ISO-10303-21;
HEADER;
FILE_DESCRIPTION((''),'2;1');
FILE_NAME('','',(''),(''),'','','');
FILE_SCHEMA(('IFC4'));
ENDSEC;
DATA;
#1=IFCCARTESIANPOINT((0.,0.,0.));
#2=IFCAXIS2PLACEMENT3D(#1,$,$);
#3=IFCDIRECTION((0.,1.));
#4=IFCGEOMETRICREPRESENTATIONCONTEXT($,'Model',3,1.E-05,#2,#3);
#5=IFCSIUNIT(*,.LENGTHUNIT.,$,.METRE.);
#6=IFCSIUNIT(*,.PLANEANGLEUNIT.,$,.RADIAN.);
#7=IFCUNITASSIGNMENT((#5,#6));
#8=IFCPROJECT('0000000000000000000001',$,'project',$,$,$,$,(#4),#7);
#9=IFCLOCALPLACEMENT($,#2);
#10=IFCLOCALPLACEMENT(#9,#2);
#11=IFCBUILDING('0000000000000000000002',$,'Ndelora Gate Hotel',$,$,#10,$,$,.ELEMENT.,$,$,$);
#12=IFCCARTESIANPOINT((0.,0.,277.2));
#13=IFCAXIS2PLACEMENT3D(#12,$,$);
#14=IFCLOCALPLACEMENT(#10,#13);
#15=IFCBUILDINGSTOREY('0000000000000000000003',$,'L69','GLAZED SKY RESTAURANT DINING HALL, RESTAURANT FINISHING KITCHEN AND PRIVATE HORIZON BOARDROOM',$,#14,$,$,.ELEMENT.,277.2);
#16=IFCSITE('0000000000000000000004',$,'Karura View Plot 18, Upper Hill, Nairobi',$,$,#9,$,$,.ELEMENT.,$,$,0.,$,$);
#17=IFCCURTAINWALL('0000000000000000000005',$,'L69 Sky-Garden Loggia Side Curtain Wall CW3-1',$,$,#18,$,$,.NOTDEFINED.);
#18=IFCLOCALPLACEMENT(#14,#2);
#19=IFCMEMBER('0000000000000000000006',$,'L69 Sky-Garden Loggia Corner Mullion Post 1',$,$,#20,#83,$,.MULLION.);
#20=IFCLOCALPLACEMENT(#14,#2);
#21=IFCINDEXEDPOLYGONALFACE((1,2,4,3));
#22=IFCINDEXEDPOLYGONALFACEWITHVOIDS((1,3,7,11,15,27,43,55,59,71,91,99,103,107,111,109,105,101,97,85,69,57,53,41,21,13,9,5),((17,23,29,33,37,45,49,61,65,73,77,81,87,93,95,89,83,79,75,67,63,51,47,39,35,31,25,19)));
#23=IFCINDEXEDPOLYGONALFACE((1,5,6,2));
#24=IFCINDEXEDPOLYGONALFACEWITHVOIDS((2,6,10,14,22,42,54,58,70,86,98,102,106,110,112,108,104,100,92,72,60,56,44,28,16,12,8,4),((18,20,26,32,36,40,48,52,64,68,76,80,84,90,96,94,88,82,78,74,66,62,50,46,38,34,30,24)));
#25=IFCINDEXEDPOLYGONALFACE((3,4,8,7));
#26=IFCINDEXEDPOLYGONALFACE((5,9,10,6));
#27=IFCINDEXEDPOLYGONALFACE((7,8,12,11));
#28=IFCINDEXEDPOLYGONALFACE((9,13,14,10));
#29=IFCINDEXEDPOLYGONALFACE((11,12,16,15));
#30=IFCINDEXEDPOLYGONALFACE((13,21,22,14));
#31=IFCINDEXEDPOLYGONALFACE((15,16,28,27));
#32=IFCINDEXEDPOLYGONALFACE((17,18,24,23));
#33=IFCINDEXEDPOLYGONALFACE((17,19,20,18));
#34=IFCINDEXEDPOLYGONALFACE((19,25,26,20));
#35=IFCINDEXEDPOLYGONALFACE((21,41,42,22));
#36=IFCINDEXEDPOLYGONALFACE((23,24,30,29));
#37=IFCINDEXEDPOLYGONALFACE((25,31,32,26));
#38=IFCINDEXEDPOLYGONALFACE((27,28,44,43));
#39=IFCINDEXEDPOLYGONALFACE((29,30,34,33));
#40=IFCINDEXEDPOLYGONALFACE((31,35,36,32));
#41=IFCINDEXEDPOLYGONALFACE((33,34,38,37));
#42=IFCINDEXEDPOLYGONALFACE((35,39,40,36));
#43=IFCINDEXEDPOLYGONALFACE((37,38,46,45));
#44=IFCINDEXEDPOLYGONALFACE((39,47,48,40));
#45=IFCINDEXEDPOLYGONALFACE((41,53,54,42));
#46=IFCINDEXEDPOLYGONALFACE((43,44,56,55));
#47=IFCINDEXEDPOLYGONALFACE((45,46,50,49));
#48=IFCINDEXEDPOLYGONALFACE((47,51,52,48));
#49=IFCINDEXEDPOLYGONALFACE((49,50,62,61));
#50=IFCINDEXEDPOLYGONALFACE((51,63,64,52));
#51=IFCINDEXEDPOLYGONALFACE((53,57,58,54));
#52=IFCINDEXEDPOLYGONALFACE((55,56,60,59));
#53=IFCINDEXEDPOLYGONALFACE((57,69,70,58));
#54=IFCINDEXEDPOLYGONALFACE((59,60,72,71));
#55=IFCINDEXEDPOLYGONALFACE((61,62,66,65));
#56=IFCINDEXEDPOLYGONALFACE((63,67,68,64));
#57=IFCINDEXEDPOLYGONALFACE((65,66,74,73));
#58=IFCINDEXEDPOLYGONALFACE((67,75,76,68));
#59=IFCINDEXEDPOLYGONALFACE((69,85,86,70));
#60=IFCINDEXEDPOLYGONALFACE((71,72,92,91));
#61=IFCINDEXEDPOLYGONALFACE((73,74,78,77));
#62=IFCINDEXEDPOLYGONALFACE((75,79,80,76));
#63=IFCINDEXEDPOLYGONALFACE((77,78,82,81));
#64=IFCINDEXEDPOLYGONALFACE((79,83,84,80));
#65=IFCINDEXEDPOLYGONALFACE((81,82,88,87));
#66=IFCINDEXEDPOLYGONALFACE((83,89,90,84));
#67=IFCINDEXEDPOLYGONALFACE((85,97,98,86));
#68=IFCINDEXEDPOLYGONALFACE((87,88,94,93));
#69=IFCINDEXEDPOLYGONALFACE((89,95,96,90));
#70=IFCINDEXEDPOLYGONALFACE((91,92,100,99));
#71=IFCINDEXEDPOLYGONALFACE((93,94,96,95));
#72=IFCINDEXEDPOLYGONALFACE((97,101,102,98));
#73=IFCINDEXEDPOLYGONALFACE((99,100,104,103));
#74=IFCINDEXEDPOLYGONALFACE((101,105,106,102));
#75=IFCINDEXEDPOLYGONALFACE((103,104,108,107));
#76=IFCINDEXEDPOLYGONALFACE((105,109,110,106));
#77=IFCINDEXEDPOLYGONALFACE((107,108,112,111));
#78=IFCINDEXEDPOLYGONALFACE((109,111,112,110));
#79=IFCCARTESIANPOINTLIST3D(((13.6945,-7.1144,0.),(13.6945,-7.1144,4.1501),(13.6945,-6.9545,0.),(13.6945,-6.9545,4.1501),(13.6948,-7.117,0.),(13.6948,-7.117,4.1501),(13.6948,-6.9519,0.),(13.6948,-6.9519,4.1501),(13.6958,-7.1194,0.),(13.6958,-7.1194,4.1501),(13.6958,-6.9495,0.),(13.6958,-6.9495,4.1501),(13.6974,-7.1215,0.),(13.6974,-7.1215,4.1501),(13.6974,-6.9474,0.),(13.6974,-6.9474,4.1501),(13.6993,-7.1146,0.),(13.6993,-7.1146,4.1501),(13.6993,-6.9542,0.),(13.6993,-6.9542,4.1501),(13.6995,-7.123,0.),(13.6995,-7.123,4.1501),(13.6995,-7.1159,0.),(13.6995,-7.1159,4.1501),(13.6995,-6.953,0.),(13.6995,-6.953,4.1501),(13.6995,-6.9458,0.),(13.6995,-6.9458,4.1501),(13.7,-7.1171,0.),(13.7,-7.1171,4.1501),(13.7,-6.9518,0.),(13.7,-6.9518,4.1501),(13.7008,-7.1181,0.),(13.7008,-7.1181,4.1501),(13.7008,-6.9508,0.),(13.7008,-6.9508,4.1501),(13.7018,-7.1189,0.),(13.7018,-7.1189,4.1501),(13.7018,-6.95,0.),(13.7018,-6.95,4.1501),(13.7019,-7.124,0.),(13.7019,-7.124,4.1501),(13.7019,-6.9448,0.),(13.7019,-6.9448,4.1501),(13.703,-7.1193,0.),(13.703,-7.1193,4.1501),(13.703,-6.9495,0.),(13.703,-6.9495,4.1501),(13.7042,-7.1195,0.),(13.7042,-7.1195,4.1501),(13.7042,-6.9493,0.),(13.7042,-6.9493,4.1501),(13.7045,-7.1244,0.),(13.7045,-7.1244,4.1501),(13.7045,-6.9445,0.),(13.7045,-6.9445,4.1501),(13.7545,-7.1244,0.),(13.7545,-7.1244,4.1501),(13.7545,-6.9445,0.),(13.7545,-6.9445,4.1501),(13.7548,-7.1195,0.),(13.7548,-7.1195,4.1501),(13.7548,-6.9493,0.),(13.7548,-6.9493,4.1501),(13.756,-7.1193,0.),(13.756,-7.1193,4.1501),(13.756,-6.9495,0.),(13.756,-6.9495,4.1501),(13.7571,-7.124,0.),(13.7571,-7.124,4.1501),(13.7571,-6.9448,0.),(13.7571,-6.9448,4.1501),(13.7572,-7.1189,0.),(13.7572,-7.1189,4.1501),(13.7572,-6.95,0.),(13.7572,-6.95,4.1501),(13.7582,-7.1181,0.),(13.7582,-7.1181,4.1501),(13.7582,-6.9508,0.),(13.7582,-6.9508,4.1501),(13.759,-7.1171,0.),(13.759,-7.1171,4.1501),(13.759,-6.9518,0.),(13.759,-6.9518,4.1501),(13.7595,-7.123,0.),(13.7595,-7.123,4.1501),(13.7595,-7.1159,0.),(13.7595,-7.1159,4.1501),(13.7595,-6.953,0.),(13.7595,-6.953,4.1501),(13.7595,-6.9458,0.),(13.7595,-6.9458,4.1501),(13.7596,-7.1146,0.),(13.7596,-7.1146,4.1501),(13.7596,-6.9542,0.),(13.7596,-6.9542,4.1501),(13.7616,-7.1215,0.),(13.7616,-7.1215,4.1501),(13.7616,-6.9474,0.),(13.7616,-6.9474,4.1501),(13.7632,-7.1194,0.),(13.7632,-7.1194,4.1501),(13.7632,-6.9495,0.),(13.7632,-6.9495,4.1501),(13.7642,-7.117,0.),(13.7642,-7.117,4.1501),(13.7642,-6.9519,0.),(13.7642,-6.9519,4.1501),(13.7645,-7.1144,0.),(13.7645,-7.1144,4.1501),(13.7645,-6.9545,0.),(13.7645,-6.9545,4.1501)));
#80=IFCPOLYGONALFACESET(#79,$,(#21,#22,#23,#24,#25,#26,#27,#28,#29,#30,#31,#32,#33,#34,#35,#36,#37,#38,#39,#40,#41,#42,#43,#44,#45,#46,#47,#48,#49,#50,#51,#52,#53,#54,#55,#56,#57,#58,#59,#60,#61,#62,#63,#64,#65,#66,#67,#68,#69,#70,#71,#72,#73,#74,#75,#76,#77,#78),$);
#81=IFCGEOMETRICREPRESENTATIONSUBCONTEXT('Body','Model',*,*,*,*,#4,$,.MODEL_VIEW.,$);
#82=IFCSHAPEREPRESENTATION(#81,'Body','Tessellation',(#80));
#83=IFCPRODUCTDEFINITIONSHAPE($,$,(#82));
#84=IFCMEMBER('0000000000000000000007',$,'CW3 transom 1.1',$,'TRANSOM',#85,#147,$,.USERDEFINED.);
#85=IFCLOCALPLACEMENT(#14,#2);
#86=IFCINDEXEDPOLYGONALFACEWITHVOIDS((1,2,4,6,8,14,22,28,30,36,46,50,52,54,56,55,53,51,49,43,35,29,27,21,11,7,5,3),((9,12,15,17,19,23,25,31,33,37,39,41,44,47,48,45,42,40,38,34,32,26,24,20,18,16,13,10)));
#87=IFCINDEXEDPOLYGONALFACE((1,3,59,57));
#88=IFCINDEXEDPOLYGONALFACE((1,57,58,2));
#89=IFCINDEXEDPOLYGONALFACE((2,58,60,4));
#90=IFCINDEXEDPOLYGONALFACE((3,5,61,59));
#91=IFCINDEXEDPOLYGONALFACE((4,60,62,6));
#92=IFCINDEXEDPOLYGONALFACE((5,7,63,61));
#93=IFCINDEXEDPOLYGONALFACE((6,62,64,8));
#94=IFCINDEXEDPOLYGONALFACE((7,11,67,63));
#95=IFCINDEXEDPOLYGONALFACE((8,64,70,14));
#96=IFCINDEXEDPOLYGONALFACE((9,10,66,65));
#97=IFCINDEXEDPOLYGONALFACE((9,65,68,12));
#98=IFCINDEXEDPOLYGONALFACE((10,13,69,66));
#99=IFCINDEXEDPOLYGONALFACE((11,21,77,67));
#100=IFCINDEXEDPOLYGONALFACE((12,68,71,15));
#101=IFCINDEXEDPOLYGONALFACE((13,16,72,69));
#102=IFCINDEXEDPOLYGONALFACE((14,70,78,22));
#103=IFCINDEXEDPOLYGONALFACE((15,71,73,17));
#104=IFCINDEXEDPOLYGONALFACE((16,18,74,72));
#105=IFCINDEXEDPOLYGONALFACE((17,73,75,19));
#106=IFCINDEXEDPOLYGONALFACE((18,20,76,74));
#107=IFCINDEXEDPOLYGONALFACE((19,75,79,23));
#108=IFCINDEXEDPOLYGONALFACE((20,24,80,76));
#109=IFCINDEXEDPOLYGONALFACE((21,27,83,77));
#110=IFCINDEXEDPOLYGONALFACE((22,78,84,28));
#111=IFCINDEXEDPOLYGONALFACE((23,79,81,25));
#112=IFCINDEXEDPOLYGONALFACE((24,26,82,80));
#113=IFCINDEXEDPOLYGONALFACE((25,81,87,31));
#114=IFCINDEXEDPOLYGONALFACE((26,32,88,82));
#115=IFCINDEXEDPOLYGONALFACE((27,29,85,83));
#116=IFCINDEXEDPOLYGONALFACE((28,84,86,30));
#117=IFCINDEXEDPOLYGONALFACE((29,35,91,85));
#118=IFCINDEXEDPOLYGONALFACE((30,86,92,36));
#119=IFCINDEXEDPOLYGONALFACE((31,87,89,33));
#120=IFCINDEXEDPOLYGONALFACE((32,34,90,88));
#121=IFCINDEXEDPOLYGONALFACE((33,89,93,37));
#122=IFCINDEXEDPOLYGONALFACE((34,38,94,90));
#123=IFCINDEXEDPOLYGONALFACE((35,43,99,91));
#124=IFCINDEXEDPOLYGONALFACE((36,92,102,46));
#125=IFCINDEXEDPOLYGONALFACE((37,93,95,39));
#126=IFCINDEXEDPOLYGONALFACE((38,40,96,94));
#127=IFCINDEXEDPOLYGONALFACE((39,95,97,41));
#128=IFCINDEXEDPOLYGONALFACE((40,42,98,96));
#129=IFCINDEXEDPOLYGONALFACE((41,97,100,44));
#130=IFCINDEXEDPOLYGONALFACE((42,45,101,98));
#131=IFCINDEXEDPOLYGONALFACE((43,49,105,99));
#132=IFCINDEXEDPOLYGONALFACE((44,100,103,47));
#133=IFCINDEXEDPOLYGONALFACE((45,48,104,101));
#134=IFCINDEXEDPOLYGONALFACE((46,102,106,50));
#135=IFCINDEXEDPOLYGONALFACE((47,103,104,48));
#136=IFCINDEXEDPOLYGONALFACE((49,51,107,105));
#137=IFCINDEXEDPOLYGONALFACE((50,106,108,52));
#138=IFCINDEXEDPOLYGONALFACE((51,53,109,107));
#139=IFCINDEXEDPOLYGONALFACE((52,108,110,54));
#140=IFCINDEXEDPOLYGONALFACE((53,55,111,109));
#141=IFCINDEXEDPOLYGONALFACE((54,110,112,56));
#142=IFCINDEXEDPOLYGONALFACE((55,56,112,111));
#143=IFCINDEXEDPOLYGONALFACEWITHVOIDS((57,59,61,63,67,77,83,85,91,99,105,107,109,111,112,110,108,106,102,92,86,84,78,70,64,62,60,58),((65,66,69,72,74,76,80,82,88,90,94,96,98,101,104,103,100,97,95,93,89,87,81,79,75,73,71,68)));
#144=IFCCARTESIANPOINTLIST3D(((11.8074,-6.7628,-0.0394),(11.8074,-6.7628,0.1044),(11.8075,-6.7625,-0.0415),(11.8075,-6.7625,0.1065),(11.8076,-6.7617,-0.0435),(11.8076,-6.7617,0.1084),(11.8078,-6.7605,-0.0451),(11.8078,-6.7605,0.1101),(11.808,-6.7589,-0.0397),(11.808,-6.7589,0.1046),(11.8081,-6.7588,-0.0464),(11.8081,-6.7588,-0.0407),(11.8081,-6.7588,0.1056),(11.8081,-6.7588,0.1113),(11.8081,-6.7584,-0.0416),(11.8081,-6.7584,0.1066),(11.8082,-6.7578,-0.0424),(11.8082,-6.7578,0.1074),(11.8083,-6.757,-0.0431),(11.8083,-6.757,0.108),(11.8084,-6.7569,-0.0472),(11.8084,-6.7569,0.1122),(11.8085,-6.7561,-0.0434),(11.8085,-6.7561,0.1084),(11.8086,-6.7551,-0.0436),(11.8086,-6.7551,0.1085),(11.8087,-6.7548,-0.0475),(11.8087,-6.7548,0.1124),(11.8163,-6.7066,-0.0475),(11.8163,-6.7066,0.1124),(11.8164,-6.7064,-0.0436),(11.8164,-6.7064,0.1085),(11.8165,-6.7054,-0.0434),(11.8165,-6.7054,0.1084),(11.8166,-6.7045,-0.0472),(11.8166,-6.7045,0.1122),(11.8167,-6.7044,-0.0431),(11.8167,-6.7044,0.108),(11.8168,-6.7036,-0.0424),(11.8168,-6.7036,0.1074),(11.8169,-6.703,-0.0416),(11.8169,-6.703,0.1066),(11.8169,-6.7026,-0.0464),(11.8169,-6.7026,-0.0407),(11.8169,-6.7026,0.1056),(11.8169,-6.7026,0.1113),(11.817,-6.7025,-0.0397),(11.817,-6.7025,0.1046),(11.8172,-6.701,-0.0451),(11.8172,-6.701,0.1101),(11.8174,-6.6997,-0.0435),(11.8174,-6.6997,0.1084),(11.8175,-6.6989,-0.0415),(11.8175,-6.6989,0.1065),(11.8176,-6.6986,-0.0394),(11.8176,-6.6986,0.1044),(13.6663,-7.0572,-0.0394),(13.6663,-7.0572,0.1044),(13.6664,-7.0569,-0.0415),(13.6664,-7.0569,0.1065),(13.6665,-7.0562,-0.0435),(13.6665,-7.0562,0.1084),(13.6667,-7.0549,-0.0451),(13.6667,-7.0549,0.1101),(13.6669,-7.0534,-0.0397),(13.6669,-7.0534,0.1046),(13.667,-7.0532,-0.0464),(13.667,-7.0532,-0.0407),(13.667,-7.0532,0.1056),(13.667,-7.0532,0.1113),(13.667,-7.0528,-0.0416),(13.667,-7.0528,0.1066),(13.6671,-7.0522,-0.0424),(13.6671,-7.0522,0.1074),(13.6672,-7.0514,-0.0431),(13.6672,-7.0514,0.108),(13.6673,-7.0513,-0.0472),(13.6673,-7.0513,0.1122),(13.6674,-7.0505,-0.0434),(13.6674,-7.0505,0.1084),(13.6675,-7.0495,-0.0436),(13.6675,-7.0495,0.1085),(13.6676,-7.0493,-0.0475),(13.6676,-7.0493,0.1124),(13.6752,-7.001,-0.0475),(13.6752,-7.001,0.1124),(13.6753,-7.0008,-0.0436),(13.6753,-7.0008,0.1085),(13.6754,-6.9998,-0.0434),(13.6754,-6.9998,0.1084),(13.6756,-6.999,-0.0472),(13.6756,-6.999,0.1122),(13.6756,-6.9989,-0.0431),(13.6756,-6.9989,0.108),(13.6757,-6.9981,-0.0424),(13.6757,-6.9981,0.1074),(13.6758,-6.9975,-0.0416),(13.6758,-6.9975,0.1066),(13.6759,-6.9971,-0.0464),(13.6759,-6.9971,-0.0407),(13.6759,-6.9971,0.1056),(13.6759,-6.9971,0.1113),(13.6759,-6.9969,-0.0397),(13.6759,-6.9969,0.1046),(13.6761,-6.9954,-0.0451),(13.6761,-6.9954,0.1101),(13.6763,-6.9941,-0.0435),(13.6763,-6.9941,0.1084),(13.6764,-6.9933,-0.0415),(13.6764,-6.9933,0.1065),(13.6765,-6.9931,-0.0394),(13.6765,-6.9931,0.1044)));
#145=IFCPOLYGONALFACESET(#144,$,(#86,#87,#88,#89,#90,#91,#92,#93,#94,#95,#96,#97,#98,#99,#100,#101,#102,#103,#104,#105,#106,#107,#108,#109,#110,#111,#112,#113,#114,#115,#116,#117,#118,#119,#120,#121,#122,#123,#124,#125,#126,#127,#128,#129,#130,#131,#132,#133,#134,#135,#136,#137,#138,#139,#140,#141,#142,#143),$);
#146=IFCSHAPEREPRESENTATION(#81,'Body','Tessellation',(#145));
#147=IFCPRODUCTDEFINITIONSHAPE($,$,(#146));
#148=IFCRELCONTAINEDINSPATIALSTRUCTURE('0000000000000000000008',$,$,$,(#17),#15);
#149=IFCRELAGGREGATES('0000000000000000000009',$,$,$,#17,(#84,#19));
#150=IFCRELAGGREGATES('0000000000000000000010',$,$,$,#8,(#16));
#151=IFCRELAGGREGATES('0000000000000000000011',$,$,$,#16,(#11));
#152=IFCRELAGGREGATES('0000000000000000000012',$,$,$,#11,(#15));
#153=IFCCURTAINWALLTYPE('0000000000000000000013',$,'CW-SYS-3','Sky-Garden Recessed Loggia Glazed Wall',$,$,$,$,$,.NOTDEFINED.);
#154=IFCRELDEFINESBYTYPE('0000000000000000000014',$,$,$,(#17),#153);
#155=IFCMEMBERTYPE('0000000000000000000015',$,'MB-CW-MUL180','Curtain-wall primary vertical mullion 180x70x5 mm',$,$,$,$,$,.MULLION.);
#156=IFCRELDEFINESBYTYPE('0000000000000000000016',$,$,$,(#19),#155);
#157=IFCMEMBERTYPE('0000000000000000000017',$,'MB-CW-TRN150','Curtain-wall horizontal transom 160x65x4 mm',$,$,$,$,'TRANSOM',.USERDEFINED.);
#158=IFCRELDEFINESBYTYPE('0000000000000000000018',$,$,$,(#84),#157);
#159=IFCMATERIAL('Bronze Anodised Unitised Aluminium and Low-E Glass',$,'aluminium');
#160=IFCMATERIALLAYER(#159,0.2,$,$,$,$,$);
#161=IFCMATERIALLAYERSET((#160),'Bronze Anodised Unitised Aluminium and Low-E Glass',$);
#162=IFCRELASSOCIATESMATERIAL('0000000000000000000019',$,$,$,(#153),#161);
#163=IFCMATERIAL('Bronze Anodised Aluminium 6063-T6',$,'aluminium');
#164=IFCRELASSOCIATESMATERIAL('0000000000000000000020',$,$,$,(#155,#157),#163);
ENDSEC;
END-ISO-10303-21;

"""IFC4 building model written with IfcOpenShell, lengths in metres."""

from ifc_helpers import new_model, si_unit, direction, frame, origin, origin_2d, place, context, subcontext, project, spatial, hollow_rectangle, extrude, material, layer, layer_set, material_profile, profile_set, type_object, element, aggregate, save


model = new_model("IFC4")

# Units and contexts
model_context = context("Model", 3, precision=1e-05, world=origin(), true_north=direction((0.0, 1.0)))
body_context = subcontext(model_context, "Body", "Model", "MODEL_VIEW")
ifc_project = project(units=[si_unit("LENGTHUNIT", "METRE"), si_unit("PLANEANGLEUNIT", "RADIAN")], contexts=[model_context])

# Site, building, storey
site_placement = place(None, origin())
site = spatial("IfcSite", under=ifc_project, at=site_placement, Name="Karura View Plot 18, Upper Hill, Nairobi", CompositionType="ELEMENT", RefElevation=0.0)
building_placement = place(site_placement, origin())
building = spatial("IfcBuilding", under=site, at=building_placement, Name="Ndelora Gate Hotel", CompositionType="ELEMENT")
storey_placement = place(building_placement, frame((0.0, 0.0, 277.2)))
storey = spatial("IfcBuildingStorey", under=building, at=storey_placement, Name="L69", Description="GLAZED SKY RESTAURANT DINING HALL, RESTAURANT FINISHING KITCHEN AND PRIVATE HORIZON BOARDROOM", CompositionType="ELEMENT", Elevation=277.2)

# Curtain wall, members
ifc_material_1 = material(Name="Bronze Anodised Unitised Aluminium and Low-E Glass", Category="aluminium")
ifc_layer_1 = layer(ifc_material_1, 0.2)
ifc_layer_set_1 = layer_set([ifc_layer_1], Name="Bronze Anodised Unitised Aluminium and Low-E Glass")
curtain_wall_type = type_object("IfcCurtainWallType", Name="CW-SYS-3", Description="Sky-Garden Recessed Loggia Glazed Wall", PredefinedType="NOTDEFINED", material=ifc_layer_set_1)
curtain_wall_placement = place(storey_placement, origin())
curtain_wall = element("IfcCurtainWall", 1, at=curtain_wall_placement, inside=storey, type_object=curtain_wall_type, Name="L69 Sky-Garden Loggia Side Curtain Wall CW3-1", PredefinedType="NOTDEFINED")
ifc_material_2 = material(Name="Bronze Anodised Aluminium 6063-T6", Category="aluminium")
ifc_material_profile_1 = material_profile(ifc_material_2, hollow_rectangle(XDim=0.0701, YDim=0.1799, WallThickness=0.0049, InnerFilletRadius=0.0049, OuterFilletRadius=0.01, at=origin_2d()), Name="ALU 180x70x5")
ifc_profile_set_1 = profile_set([ifc_material_profile_1], Name="Bronze Anodised Aluminium 6063-T6")
member_type_1 = type_object("IfcMemberType", Name="MB-CW-MUL180", Description="Curtain-wall primary vertical mullion 180x70x5 mm", PredefinedType="MULLION", material=ifc_profile_set_1)
member_1_placement = place(storey_placement, frame((13.7295, -7.0344, 0.0), z_axis=(0.0, 0.0, 1.0), x_axis=(1.0, 0.0, 0.0)))
member_1 = element("IfcMember", 2, at=member_1_placement, type_object=member_type_1, Name="L69 Sky-Garden Loggia Corner Mullion Post 1", PredefinedType="MULLION", context=body_context, shape_type="SweptSolid", body=[
    extrude(hollow_rectangle(XDim=0.0701, YDim=0.1799, WallThickness=0.0049, InnerFilletRadius=0.0049, OuterFilletRadius=0.01, at=origin_2d()), origin(), (0.0, 0.0, 1.0), 4.1501),
])
ifc_material_profile_2 = material_profile(ifc_material_2, hollow_rectangle(XDim=0.0649, YDim=0.1599, WallThickness=0.0039, InnerFilletRadius=0.0039, OuterFilletRadius=0.0081, at=origin_2d()), Name="ALU 160x65x4")
ifc_profile_set_2 = profile_set([ifc_material_profile_2], Name="Bronze Anodised Aluminium 6063-T6")
member_type_2 = type_object("IfcMemberType", Name="MB-CW-TRN150", Description="Curtain-wall horizontal transom 160x65x4 mm", ElementType="TRANSOM", PredefinedType="USERDEFINED", material=ifc_profile_set_2)
member_2_placement = place(storey_placement, frame((11.8125, -6.7307, 0.0325), z_axis=(0.987687, -0.156442, 0.0), x_axis=(0.156442, 0.987687, 0.0)))
member_2 = element("IfcMember", 3, at=member_2_placement, type_object=member_type_2, Name="CW3 transom 1.1", ObjectType="TRANSOM", PredefinedType="USERDEFINED", context=body_context, shape_type="SweptSolid", body=[
    extrude(hollow_rectangle(XDim=0.0649, YDim=0.1599, WallThickness=0.0039, InnerFilletRadius=0.0039, OuterFilletRadius=0.0081, at=origin_2d()), origin(), (0.0, 0.0, 1.0), 1.8821),
])
aggregate(curtain_wall, [member_2, member_1])

save(model, "model.ifc")
